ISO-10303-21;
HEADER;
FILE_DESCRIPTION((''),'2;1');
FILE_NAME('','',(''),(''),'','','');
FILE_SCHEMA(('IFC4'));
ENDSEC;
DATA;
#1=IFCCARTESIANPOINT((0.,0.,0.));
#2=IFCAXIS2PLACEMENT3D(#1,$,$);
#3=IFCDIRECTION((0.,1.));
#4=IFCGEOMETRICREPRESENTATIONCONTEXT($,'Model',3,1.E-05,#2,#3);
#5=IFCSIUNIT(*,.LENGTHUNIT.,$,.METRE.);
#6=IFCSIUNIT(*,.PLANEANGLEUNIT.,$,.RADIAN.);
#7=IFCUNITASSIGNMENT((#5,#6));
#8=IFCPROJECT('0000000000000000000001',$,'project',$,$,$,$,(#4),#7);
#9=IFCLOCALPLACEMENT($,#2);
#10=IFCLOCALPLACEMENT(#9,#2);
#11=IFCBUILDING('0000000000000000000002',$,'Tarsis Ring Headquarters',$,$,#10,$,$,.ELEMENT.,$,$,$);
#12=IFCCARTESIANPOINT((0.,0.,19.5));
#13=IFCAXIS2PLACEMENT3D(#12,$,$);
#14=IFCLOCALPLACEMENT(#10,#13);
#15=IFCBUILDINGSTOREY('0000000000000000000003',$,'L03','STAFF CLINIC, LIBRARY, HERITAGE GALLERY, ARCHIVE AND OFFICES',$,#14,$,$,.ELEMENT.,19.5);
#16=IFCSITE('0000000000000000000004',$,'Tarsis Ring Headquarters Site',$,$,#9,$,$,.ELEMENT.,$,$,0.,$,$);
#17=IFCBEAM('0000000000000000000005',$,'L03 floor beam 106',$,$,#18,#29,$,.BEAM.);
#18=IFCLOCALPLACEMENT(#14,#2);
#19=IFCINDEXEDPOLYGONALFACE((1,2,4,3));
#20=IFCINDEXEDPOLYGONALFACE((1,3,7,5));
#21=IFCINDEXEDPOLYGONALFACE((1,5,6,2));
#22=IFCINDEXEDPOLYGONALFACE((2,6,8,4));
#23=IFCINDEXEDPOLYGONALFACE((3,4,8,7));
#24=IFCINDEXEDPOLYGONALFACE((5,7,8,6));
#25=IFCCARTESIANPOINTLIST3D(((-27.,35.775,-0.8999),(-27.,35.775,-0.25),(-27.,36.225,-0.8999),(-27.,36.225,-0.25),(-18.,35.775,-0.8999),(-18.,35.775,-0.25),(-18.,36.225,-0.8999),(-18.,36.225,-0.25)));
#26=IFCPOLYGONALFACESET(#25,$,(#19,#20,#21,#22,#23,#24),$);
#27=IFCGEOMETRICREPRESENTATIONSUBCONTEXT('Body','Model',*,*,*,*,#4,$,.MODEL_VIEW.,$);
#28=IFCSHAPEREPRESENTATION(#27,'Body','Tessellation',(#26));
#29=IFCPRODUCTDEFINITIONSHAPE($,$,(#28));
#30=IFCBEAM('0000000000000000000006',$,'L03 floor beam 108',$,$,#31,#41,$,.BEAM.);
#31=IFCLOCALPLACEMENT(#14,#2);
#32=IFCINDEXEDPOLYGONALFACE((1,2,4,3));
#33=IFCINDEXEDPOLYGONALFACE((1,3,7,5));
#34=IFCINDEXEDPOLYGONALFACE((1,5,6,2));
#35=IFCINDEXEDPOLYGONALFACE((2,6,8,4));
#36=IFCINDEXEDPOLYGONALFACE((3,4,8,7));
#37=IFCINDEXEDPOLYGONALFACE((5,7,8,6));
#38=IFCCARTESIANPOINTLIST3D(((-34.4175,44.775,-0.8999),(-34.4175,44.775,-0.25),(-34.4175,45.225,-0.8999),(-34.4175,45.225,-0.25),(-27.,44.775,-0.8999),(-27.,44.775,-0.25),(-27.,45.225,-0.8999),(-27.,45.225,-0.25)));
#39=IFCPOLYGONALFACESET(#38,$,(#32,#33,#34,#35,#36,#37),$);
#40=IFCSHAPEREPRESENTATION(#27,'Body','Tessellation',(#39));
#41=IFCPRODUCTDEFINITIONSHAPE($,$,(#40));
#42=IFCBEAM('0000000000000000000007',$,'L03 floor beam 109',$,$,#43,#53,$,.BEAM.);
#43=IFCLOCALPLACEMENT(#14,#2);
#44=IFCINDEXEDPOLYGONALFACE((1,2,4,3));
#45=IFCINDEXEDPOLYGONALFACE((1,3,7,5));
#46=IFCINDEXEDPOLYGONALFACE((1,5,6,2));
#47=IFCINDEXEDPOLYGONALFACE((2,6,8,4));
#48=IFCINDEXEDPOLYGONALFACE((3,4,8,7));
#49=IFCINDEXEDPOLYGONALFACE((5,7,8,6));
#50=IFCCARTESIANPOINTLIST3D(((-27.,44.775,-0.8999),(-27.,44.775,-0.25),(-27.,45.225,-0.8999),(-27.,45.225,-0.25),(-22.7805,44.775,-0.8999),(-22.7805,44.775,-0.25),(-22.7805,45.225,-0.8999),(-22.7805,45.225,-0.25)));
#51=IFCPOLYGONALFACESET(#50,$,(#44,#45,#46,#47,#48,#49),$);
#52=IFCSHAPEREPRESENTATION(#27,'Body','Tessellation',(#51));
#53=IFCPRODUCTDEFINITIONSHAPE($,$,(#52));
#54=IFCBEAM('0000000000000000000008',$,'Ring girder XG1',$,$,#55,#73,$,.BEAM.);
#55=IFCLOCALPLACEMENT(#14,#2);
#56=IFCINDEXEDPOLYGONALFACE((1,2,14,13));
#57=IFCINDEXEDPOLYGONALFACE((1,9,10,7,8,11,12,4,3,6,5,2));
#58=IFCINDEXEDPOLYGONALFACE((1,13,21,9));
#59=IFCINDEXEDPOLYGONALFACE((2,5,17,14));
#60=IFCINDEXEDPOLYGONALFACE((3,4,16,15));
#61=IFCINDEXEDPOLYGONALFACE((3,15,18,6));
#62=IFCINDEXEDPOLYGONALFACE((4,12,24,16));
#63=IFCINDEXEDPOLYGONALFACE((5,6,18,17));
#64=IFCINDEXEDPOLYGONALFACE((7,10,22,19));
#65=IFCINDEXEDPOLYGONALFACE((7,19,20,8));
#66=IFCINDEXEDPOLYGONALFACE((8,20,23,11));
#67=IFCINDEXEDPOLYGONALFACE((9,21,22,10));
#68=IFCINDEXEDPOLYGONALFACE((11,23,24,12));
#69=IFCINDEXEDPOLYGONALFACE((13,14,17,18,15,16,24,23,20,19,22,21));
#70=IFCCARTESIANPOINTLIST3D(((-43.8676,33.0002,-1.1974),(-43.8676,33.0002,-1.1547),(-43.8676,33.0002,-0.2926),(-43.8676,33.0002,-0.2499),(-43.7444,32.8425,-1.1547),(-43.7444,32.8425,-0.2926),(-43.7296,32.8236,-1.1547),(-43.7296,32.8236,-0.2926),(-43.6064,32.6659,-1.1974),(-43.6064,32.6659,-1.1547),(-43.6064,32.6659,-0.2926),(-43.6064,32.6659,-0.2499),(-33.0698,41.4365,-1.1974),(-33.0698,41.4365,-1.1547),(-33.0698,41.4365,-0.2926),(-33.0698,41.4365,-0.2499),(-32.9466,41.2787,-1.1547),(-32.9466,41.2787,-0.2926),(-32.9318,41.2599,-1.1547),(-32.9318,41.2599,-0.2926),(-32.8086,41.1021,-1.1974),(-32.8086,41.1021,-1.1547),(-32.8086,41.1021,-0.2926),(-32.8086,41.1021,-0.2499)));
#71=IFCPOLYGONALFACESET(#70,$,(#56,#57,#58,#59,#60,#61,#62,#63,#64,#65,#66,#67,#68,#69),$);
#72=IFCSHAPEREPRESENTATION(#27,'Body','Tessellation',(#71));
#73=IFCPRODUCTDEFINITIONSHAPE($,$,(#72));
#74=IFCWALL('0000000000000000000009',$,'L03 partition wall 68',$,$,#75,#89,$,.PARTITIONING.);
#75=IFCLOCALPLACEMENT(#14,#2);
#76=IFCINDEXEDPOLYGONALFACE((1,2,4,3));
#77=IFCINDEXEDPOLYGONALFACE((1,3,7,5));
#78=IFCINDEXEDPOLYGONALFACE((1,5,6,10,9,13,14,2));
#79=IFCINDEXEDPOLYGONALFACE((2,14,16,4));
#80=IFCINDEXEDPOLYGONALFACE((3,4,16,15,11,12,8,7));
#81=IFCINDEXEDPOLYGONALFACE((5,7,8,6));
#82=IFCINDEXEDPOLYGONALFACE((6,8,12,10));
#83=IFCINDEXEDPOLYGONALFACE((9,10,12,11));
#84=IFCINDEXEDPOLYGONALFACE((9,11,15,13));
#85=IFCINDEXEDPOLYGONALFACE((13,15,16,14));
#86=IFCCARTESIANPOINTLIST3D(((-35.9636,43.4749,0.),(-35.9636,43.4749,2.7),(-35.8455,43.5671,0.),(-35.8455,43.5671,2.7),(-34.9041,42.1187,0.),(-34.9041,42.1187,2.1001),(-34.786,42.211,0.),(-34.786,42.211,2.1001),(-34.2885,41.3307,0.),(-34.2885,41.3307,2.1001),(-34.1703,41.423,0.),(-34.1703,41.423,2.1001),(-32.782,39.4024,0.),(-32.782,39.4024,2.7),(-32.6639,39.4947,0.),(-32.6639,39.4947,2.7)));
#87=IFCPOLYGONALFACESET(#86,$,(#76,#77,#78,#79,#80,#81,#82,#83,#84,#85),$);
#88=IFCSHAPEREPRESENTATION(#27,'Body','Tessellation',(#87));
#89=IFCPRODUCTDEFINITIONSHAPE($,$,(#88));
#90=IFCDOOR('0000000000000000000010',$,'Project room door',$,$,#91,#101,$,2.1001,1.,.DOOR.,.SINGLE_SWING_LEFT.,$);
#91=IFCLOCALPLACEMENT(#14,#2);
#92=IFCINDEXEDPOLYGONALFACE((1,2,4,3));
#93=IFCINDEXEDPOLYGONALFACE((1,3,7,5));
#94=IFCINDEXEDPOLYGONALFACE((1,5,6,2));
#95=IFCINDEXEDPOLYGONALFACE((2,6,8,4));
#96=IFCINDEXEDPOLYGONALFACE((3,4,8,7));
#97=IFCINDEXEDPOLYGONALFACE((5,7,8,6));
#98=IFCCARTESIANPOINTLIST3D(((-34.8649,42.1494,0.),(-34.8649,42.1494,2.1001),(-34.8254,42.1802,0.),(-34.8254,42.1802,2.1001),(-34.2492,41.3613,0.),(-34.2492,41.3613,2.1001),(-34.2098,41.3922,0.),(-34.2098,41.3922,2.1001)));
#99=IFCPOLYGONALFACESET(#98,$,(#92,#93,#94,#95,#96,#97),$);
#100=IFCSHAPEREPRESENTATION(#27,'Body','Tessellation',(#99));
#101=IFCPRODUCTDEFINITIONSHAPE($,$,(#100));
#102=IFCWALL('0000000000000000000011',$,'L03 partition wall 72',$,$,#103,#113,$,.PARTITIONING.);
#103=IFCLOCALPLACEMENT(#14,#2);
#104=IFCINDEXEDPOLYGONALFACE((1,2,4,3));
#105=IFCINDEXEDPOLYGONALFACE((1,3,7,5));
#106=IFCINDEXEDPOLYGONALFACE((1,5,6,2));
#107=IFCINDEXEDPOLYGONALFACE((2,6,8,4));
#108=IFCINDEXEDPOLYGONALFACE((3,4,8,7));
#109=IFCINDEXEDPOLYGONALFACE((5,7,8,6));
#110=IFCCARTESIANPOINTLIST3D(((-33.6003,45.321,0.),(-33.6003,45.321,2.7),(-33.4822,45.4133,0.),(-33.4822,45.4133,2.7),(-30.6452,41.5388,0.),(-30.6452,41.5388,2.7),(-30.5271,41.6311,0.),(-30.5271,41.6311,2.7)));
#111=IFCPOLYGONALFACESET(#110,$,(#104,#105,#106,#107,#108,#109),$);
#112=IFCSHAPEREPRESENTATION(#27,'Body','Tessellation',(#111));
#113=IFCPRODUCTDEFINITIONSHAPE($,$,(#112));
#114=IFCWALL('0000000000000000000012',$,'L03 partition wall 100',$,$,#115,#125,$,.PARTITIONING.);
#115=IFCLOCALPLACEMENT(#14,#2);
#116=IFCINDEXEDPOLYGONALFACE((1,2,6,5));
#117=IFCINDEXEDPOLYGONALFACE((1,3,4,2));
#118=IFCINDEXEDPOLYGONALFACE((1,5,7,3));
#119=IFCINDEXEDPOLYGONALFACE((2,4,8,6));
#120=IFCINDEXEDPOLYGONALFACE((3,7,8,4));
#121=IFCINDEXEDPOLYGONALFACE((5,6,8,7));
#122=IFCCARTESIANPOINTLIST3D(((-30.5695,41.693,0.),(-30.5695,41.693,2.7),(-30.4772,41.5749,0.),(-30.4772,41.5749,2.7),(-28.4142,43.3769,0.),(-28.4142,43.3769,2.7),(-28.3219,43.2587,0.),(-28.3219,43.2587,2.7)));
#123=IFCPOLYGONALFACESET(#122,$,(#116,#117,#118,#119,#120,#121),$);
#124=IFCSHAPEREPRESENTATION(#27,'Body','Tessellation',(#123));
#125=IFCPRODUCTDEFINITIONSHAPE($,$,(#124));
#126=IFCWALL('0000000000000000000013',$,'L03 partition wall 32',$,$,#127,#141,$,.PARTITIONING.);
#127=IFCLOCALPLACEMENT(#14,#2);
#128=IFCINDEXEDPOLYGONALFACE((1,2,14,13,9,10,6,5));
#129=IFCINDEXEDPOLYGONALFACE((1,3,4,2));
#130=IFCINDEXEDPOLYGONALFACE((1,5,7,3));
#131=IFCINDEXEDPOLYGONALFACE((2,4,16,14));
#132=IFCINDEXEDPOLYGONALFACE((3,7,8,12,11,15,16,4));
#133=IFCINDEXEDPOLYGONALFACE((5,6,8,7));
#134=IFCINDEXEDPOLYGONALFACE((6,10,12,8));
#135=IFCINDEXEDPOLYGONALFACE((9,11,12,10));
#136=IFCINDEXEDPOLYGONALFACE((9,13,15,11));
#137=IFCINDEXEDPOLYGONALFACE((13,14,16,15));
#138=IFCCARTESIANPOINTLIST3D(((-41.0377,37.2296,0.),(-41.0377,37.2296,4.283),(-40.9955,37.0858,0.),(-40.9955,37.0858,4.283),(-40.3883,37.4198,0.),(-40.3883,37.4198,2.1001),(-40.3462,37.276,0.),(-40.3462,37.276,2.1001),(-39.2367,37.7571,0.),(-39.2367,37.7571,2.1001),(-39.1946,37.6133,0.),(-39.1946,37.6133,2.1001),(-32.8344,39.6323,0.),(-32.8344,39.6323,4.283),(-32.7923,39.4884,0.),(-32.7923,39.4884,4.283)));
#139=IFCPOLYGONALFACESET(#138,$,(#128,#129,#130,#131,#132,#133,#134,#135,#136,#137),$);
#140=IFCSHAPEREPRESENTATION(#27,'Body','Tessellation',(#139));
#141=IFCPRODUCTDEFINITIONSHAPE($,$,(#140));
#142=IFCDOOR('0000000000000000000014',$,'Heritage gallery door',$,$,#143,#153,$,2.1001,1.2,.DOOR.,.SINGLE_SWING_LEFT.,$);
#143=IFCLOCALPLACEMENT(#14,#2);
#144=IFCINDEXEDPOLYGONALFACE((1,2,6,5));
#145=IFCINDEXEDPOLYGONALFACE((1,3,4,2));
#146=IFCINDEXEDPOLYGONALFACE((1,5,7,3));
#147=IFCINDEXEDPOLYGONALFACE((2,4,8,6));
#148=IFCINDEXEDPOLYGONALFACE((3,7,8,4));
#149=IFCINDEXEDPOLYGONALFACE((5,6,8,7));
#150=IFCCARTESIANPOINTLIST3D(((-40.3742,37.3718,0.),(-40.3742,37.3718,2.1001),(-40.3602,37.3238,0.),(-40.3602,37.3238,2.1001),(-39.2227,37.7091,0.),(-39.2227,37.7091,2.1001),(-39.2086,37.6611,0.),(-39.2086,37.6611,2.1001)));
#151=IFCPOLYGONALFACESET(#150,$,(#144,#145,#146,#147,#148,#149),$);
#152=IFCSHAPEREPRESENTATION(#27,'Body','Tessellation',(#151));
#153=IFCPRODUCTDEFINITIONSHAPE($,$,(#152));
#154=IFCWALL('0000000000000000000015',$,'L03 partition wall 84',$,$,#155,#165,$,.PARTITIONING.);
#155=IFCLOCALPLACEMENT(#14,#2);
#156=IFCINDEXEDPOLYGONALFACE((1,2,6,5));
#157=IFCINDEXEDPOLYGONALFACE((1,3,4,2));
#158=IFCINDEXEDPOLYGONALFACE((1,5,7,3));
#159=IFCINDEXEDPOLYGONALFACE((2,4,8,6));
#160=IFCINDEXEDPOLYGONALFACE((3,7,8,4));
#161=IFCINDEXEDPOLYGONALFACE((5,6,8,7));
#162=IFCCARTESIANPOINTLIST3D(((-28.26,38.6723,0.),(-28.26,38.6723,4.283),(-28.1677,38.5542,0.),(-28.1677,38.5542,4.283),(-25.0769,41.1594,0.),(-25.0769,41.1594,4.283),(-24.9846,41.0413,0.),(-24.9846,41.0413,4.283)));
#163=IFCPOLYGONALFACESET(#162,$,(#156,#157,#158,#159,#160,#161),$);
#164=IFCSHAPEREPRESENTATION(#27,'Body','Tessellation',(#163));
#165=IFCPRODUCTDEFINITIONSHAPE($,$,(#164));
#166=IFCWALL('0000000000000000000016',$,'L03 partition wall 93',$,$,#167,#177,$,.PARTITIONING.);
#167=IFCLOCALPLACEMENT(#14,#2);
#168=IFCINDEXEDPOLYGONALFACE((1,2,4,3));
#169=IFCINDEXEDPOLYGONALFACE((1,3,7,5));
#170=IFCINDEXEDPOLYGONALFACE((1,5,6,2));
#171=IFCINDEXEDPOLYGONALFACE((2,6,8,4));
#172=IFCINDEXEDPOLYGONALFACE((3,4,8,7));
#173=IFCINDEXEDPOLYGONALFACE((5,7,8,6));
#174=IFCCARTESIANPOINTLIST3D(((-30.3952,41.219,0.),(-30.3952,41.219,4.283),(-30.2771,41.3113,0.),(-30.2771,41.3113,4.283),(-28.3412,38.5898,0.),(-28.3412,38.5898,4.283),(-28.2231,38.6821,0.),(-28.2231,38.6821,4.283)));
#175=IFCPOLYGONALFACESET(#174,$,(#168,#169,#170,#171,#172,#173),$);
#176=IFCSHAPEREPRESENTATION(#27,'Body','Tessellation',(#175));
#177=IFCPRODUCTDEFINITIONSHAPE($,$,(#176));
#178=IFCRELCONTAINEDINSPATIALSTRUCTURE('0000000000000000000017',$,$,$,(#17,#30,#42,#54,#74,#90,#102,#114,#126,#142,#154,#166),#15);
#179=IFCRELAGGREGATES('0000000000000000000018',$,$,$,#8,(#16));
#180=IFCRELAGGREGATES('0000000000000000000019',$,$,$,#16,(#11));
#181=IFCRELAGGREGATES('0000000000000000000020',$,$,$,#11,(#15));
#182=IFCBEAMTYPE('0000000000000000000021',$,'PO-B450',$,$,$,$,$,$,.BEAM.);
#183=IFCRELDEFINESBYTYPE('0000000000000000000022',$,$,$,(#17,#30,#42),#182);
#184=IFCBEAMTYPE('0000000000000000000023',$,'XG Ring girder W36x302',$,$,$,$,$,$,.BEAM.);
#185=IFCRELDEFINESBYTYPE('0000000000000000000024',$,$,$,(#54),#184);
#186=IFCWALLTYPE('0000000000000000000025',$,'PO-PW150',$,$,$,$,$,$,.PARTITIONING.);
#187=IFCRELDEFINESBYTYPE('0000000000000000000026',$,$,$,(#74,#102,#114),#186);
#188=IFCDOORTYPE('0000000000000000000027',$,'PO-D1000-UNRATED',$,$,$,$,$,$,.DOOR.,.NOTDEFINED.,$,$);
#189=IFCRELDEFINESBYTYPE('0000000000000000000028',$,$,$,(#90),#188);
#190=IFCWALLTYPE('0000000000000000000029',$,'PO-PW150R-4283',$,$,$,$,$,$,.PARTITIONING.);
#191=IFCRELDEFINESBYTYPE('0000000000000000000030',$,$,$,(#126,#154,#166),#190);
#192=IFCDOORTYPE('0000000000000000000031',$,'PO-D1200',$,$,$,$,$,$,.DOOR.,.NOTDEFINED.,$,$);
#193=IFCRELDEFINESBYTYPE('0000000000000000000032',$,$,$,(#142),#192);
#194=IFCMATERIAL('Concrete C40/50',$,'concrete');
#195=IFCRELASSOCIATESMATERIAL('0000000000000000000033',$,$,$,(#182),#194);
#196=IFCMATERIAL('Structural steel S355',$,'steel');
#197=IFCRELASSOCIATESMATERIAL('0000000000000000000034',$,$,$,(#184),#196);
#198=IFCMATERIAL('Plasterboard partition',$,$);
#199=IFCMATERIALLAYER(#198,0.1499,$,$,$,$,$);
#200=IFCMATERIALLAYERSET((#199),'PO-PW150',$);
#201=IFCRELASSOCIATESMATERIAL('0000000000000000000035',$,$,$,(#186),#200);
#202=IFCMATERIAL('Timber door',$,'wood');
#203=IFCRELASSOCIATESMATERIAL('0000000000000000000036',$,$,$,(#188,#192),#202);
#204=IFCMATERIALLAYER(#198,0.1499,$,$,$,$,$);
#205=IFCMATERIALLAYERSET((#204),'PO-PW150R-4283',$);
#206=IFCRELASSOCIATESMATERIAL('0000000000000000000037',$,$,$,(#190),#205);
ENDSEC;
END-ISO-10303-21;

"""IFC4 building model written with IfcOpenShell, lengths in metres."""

from ifc_helpers import new_model, si_unit, direction, frame, frame_2d, origin, origin_2d, place, context, subcontext, project, spatial, rectangle, i_section, extrude, material, layer, layer_set, material_profile, profile_set, type_object, element, fill, save


model = new_model("IFC4")

# Units and contexts
model_context = context("Model", 3, precision=1e-05, world=origin(), true_north=direction((0.0, 1.0)))
body_context = subcontext(model_context, "Body", "Model", "MODEL_VIEW")
ifc_project = project(units=[si_unit("LENGTHUNIT", "METRE"), si_unit("PLANEANGLEUNIT", "RADIAN")], contexts=[model_context])

# Site, building, storey
site_placement = place(None, origin())
site = spatial("IfcSite", under=ifc_project, at=site_placement, Name="Tarsis Ring Headquarters Site", CompositionType="ELEMENT", RefElevation=0.0)
building_placement = place(site_placement, origin())
building = spatial("IfcBuilding", under=site, at=building_placement, Name="Tarsis Ring Headquarters", CompositionType="ELEMENT")
storey_placement = place(building_placement, frame((0.0, 0.0, 19.5)))
storey = spatial("IfcBuildingStorey", under=building, at=storey_placement, Name="L03", Description="STAFF CLINIC, LIBRARY, HERITAGE GALLERY, ARCHIVE AND OFFICES", CompositionType="ELEMENT", Elevation=19.5)

# Beams
ifc_material_1 = material(Name="Concrete C40/50", Category="concrete")
ifc_material_profile_1 = material_profile(ifc_material_1, rectangle(XDim=0.45, YDim=0.6499, at=origin_2d()), Name="PO-B450")
ifc_profile_set_1 = profile_set([ifc_material_profile_1], Name="Concrete C40/50")
beam_type_1 = type_object("IfcBeamType", Name="PO-B450", PredefinedType="BEAM", material=ifc_profile_set_1)
for number, where, z_axis, x_axis, name in (
    (1, (-27.0, 36.0, -0.575), (1.0, 0.0, 0.0), (0.0, 1.0, 0.0), "L03 floor beam 106"),
):
    element("IfcBeam", number, at=place(storey_placement, frame(where, z_axis=z_axis, x_axis=x_axis)), inside=storey, type_object=beam_type_1, Name=name, PredefinedType="BEAM", context=body_context, shape_type="SweptSolid", body=[
        extrude(rectangle(XDim=0.45, YDim=0.6499, at=origin_2d()), origin(), (0.0, 0.0, 1.0), 9.0),
    ])
beam_1_placement = place(storey_placement, frame((-34.4175, 45.0, -0.575), z_axis=(1.0, 0.0, 0.0), x_axis=(0.0, 1.0, 0.0)))
element("IfcBeam", 2, at=beam_1_placement, inside=storey, type_object=beam_type_1, Name="L03 floor beam 108", PredefinedType="BEAM", context=body_context, shape_type="SweptSolid", body=[
    extrude(rectangle(XDim=0.45, YDim=0.6499, at=origin_2d()), origin(), (0.0, 0.0, 1.0), 7.4175),
])
beam_2_placement = place(storey_placement, frame((-27.0, 45.0, -0.575), z_axis=(1.0, 0.0, 0.0), x_axis=(0.0, 1.0, 0.0)))
element("IfcBeam", 3, at=beam_2_placement, inside=storey, type_object=beam_type_1, Name="L03 floor beam 109", PredefinedType="BEAM", context=body_context, shape_type="SweptSolid", body=[
    extrude(rectangle(XDim=0.45, YDim=0.6499, at=origin_2d()), origin(), (0.0, 0.0, 1.0), 4.2195),
])
ifc_material_2 = material(Name="Structural steel S355", Category="steel")
ifc_material_profile_2 = material_profile(ifc_material_2, i_section(OverallWidth=0.4243, OverallDepth=0.9475, WebThickness=0.0239, FlangeThickness=0.0427, at=origin_2d()), Name="W36x302")
ifc_profile_set_2 = profile_set([ifc_material_profile_2], Name="Structural steel S355")
beam_type_2 = type_object("IfcBeamType", Name="XG Ring girder W36x302", PredefinedType="BEAM", material=ifc_profile_set_2)
beam_3_placement = place(storey_placement, frame((-32.9392, 41.2693, -0.7236), z_axis=(-0.788008, -0.615665, 0.0), x_axis=(0.615665, -0.788008, 0.0)))
element("IfcBeam", 4, at=beam_3_placement, inside=storey, type_object=beam_type_2, Name="Ring girder XG1", PredefinedType="BEAM", context=body_context, shape_type="SweptSolid", body=[
    extrude(i_section(OverallWidth=0.4243, OverallDepth=0.9475, WebThickness=0.0239, FlangeThickness=0.0427, at=origin_2d()), origin(), (0.0, 0.0, 1.0), 13.7026),
])

# Wall, opening, door
ifc_material_3 = material(Name="Plasterboard partition")
ifc_layer_1 = layer(ifc_material_3, 0.1499)
ifc_layer_set_1 = layer_set([ifc_layer_1], Name="PO-PW150")
wall_type_1 = type_object("IfcWallType", Name="PO-PW150", PredefinedType="PARTITIONING", material=ifc_layer_set_1)
wall_1_placement = place(storey_placement, frame((-35.9045, 43.521, 0.0), z_axis=(0.0, 0.0, 1.0), x_axis=(0.615643, -0.788025, 0.0)))
wall_1 = element("IfcWall", 5, at=wall_1_placement, inside=storey, type_object=wall_type_1, Name="L03 partition wall 68", PredefinedType="PARTITIONING", context=body_context, shape_type="SweptSolid", body=[
    extrude(rectangle(XDim=5.168, YDim=0.1499, at=frame_2d((2.584, 0.0))), origin(), (0.0, 0.0, 1.0), 2.7),
])
opening_1_placement = place(wall_1_placement, frame((1.7209, 0.0, 0.0)))
opening_1 = element("IfcOpeningElement", 6, at=opening_1_placement, cuts=wall_1, PredefinedType="OPENING", context=body_context, shape_type="SweptSolid", body=[
    extrude(rectangle(XDim=1.0, YDim=2.1001, at=frame_2d((0.5, 1.05))), frame((0.0, 0.085, 0.0), z_axis=(0.0, -1.0, 0.0), x_axis=(1.0, 0.0, 0.0)), (0.0, 0.0, 1.0), 0.1699),
])
ifc_material_4 = material(Name="Timber door", Category="wood")
door_type_1 = type_object("IfcDoorType", Name="PO-D1000-UNRATED", OperationType="NOTDEFINED", PredefinedType="DOOR", material=ifc_material_4)
door_1_placement = place(opening_1_placement, origin())
door_1 = element("IfcDoor", 7, at=door_1_placement, inside=storey, type_object=door_type_1, Name="Project room door", OperationType="SINGLE_SWING_LEFT", OverallHeight=2.1001, OverallWidth=1.0, PredefinedType="DOOR", context=body_context, shape_type="SweptSolid", body=[
    extrude(rectangle(XDim=1.0, YDim=2.1001, at=frame_2d((0.5, 1.05))), frame((0.0, 0.0249, 0.0), z_axis=(0.0, -1.0, 0.0), x_axis=(1.0, 0.0, 0.0)), (0.0, 0.0, 1.0), 0.05),
])
fill(opening_1, door_1)

# Walls
wall_2_placement = place(storey_placement, frame((-33.5413, 45.3672, 0.0), z_axis=(0.0, 0.0, 1.0), x_axis=(0.615672, -0.788003, 0.0)))
element("IfcWall", 8, at=wall_2_placement, inside=storey, type_object=wall_type_1, Name="L03 partition wall 72", PredefinedType="PARTITIONING", context=body_context, shape_type="SweptSolid", body=[
    extrude(rectangle(XDim=4.7998, YDim=0.1499, at=frame_2d((2.3999, 0.0))), origin(), (0.0, 0.0, 1.0), 2.7),
])
wall_3_placement = place(storey_placement, frame((-28.3679, 43.3179, 0.0), z_axis=(0.0, 0.0, 1.0), x_axis=(-0.788019, -0.615651, 0.0)))
element("IfcWall", 9, at=wall_3_placement, inside=storey, type_object=wall_type_1, Name="L03 partition wall 100", PredefinedType="PARTITIONING", context=body_context, shape_type="SweptSolid", body=[
    extrude(rectangle(XDim=2.7351, YDim=0.1499, at=frame_2d((1.3677, 0.0))), origin(), (0.0, 0.0, 1.0), 2.7),
])

# Wall, opening, door
ifc_layer_2 = layer(ifc_material_3, 0.1499)
ifc_layer_set_2 = layer_set([ifc_layer_2], Name="PO-PW150R-4283")
wall_type_2 = type_object("IfcWallType", Name="PO-PW150R-4283", PredefinedType="PARTITIONING", material=ifc_layer_set_2)
wall_4_placement = place(storey_placement, frame((-41.0166, 37.1577, 0.0), z_axis=(0.0, 0.0, 1.0), x_axis=(0.959685, 0.281079, 0.0)))
wall_4 = element("IfcWall", 10, at=wall_4_placement, inside=storey, type_object=wall_type_2, Name="L03 partition wall 32", PredefinedType="PARTITIONING", context=body_context, shape_type="SweptSolid", body=[
    extrude(rectangle(XDim=8.5479, YDim=0.1499, at=frame_2d((4.2739, 0.0))), origin(), (0.0, 0.0, 1.0), 4.283),
])
opening_2_placement = place(wall_4_placement, frame((0.6765, 0.0, 0.0)))
opening_2 = element("IfcOpeningElement", 11, at=opening_2_placement, cuts=wall_4, PredefinedType="OPENING", context=body_context, shape_type="SweptSolid", body=[
    extrude(rectangle(XDim=1.2, YDim=2.1001, at=frame_2d((0.6001, 1.05))), frame((0.0, 0.085, 0.0), z_axis=(0.0, -1.0, 0.0), x_axis=(1.0, 0.0, 0.0)), (0.0, 0.0, 1.0), 0.1699),
])
door_type_2 = type_object("IfcDoorType", Name="PO-D1200", OperationType="NOTDEFINED", PredefinedType="DOOR", material=ifc_material_4)
door_2_placement = place(opening_2_placement, origin())
door_2 = element("IfcDoor", 12, at=door_2_placement, inside=storey, type_object=door_type_2, Name="Heritage gallery door", OperationType="SINGLE_SWING_LEFT", OverallHeight=2.1001, OverallWidth=1.2, PredefinedType="DOOR", context=body_context, shape_type="SweptSolid", body=[
    extrude(rectangle(XDim=1.2, YDim=2.1001, at=frame_2d((0.6001, 1.05))), frame((0.0, 0.0249, 0.0), z_axis=(0.0, -1.0, 0.0), x_axis=(1.0, 0.0, 0.0)), (0.0, 0.0, 1.0), 0.05),
])
fill(opening_2, door_2)

# Walls
wall_5_placement = place(storey_placement, frame((-28.2139, 38.6133, 0.0), z_axis=(0.0, 0.0, 1.0), x_axis=(0.787993, 0.615684, 0.0)))
element("IfcWall", 13, at=wall_5_placement, inside=storey, type_object=wall_type_2, Name="L03 partition wall 84", PredefinedType="PARTITIONING", context=body_context, shape_type="SweptSolid", body=[
    extrude(rectangle(XDim=4.0396, YDim=0.1499, at=frame_2d((2.0198, 0.0))), origin(), (0.0, 0.0, 1.0), 4.283),
])
wall_6_placement = place(storey_placement, frame((-30.3362, 41.2651, 0.0), z_axis=(0.0, 0.0, 1.0), x_axis=(0.615631, -0.788034, 0.0)))
element("IfcWall", 14, at=wall_6_placement, inside=storey, type_object=wall_type_2, Name="L03 partition wall 93", PredefinedType="PARTITIONING", context=body_context, shape_type="SweptSolid", body=[
    extrude(rectangle(XDim=3.3364, YDim=0.1499, at=frame_2d((1.6682, 0.0))), origin(), (0.0, 0.0, 1.0), 4.283),
])

save(model, "model.ifc")
